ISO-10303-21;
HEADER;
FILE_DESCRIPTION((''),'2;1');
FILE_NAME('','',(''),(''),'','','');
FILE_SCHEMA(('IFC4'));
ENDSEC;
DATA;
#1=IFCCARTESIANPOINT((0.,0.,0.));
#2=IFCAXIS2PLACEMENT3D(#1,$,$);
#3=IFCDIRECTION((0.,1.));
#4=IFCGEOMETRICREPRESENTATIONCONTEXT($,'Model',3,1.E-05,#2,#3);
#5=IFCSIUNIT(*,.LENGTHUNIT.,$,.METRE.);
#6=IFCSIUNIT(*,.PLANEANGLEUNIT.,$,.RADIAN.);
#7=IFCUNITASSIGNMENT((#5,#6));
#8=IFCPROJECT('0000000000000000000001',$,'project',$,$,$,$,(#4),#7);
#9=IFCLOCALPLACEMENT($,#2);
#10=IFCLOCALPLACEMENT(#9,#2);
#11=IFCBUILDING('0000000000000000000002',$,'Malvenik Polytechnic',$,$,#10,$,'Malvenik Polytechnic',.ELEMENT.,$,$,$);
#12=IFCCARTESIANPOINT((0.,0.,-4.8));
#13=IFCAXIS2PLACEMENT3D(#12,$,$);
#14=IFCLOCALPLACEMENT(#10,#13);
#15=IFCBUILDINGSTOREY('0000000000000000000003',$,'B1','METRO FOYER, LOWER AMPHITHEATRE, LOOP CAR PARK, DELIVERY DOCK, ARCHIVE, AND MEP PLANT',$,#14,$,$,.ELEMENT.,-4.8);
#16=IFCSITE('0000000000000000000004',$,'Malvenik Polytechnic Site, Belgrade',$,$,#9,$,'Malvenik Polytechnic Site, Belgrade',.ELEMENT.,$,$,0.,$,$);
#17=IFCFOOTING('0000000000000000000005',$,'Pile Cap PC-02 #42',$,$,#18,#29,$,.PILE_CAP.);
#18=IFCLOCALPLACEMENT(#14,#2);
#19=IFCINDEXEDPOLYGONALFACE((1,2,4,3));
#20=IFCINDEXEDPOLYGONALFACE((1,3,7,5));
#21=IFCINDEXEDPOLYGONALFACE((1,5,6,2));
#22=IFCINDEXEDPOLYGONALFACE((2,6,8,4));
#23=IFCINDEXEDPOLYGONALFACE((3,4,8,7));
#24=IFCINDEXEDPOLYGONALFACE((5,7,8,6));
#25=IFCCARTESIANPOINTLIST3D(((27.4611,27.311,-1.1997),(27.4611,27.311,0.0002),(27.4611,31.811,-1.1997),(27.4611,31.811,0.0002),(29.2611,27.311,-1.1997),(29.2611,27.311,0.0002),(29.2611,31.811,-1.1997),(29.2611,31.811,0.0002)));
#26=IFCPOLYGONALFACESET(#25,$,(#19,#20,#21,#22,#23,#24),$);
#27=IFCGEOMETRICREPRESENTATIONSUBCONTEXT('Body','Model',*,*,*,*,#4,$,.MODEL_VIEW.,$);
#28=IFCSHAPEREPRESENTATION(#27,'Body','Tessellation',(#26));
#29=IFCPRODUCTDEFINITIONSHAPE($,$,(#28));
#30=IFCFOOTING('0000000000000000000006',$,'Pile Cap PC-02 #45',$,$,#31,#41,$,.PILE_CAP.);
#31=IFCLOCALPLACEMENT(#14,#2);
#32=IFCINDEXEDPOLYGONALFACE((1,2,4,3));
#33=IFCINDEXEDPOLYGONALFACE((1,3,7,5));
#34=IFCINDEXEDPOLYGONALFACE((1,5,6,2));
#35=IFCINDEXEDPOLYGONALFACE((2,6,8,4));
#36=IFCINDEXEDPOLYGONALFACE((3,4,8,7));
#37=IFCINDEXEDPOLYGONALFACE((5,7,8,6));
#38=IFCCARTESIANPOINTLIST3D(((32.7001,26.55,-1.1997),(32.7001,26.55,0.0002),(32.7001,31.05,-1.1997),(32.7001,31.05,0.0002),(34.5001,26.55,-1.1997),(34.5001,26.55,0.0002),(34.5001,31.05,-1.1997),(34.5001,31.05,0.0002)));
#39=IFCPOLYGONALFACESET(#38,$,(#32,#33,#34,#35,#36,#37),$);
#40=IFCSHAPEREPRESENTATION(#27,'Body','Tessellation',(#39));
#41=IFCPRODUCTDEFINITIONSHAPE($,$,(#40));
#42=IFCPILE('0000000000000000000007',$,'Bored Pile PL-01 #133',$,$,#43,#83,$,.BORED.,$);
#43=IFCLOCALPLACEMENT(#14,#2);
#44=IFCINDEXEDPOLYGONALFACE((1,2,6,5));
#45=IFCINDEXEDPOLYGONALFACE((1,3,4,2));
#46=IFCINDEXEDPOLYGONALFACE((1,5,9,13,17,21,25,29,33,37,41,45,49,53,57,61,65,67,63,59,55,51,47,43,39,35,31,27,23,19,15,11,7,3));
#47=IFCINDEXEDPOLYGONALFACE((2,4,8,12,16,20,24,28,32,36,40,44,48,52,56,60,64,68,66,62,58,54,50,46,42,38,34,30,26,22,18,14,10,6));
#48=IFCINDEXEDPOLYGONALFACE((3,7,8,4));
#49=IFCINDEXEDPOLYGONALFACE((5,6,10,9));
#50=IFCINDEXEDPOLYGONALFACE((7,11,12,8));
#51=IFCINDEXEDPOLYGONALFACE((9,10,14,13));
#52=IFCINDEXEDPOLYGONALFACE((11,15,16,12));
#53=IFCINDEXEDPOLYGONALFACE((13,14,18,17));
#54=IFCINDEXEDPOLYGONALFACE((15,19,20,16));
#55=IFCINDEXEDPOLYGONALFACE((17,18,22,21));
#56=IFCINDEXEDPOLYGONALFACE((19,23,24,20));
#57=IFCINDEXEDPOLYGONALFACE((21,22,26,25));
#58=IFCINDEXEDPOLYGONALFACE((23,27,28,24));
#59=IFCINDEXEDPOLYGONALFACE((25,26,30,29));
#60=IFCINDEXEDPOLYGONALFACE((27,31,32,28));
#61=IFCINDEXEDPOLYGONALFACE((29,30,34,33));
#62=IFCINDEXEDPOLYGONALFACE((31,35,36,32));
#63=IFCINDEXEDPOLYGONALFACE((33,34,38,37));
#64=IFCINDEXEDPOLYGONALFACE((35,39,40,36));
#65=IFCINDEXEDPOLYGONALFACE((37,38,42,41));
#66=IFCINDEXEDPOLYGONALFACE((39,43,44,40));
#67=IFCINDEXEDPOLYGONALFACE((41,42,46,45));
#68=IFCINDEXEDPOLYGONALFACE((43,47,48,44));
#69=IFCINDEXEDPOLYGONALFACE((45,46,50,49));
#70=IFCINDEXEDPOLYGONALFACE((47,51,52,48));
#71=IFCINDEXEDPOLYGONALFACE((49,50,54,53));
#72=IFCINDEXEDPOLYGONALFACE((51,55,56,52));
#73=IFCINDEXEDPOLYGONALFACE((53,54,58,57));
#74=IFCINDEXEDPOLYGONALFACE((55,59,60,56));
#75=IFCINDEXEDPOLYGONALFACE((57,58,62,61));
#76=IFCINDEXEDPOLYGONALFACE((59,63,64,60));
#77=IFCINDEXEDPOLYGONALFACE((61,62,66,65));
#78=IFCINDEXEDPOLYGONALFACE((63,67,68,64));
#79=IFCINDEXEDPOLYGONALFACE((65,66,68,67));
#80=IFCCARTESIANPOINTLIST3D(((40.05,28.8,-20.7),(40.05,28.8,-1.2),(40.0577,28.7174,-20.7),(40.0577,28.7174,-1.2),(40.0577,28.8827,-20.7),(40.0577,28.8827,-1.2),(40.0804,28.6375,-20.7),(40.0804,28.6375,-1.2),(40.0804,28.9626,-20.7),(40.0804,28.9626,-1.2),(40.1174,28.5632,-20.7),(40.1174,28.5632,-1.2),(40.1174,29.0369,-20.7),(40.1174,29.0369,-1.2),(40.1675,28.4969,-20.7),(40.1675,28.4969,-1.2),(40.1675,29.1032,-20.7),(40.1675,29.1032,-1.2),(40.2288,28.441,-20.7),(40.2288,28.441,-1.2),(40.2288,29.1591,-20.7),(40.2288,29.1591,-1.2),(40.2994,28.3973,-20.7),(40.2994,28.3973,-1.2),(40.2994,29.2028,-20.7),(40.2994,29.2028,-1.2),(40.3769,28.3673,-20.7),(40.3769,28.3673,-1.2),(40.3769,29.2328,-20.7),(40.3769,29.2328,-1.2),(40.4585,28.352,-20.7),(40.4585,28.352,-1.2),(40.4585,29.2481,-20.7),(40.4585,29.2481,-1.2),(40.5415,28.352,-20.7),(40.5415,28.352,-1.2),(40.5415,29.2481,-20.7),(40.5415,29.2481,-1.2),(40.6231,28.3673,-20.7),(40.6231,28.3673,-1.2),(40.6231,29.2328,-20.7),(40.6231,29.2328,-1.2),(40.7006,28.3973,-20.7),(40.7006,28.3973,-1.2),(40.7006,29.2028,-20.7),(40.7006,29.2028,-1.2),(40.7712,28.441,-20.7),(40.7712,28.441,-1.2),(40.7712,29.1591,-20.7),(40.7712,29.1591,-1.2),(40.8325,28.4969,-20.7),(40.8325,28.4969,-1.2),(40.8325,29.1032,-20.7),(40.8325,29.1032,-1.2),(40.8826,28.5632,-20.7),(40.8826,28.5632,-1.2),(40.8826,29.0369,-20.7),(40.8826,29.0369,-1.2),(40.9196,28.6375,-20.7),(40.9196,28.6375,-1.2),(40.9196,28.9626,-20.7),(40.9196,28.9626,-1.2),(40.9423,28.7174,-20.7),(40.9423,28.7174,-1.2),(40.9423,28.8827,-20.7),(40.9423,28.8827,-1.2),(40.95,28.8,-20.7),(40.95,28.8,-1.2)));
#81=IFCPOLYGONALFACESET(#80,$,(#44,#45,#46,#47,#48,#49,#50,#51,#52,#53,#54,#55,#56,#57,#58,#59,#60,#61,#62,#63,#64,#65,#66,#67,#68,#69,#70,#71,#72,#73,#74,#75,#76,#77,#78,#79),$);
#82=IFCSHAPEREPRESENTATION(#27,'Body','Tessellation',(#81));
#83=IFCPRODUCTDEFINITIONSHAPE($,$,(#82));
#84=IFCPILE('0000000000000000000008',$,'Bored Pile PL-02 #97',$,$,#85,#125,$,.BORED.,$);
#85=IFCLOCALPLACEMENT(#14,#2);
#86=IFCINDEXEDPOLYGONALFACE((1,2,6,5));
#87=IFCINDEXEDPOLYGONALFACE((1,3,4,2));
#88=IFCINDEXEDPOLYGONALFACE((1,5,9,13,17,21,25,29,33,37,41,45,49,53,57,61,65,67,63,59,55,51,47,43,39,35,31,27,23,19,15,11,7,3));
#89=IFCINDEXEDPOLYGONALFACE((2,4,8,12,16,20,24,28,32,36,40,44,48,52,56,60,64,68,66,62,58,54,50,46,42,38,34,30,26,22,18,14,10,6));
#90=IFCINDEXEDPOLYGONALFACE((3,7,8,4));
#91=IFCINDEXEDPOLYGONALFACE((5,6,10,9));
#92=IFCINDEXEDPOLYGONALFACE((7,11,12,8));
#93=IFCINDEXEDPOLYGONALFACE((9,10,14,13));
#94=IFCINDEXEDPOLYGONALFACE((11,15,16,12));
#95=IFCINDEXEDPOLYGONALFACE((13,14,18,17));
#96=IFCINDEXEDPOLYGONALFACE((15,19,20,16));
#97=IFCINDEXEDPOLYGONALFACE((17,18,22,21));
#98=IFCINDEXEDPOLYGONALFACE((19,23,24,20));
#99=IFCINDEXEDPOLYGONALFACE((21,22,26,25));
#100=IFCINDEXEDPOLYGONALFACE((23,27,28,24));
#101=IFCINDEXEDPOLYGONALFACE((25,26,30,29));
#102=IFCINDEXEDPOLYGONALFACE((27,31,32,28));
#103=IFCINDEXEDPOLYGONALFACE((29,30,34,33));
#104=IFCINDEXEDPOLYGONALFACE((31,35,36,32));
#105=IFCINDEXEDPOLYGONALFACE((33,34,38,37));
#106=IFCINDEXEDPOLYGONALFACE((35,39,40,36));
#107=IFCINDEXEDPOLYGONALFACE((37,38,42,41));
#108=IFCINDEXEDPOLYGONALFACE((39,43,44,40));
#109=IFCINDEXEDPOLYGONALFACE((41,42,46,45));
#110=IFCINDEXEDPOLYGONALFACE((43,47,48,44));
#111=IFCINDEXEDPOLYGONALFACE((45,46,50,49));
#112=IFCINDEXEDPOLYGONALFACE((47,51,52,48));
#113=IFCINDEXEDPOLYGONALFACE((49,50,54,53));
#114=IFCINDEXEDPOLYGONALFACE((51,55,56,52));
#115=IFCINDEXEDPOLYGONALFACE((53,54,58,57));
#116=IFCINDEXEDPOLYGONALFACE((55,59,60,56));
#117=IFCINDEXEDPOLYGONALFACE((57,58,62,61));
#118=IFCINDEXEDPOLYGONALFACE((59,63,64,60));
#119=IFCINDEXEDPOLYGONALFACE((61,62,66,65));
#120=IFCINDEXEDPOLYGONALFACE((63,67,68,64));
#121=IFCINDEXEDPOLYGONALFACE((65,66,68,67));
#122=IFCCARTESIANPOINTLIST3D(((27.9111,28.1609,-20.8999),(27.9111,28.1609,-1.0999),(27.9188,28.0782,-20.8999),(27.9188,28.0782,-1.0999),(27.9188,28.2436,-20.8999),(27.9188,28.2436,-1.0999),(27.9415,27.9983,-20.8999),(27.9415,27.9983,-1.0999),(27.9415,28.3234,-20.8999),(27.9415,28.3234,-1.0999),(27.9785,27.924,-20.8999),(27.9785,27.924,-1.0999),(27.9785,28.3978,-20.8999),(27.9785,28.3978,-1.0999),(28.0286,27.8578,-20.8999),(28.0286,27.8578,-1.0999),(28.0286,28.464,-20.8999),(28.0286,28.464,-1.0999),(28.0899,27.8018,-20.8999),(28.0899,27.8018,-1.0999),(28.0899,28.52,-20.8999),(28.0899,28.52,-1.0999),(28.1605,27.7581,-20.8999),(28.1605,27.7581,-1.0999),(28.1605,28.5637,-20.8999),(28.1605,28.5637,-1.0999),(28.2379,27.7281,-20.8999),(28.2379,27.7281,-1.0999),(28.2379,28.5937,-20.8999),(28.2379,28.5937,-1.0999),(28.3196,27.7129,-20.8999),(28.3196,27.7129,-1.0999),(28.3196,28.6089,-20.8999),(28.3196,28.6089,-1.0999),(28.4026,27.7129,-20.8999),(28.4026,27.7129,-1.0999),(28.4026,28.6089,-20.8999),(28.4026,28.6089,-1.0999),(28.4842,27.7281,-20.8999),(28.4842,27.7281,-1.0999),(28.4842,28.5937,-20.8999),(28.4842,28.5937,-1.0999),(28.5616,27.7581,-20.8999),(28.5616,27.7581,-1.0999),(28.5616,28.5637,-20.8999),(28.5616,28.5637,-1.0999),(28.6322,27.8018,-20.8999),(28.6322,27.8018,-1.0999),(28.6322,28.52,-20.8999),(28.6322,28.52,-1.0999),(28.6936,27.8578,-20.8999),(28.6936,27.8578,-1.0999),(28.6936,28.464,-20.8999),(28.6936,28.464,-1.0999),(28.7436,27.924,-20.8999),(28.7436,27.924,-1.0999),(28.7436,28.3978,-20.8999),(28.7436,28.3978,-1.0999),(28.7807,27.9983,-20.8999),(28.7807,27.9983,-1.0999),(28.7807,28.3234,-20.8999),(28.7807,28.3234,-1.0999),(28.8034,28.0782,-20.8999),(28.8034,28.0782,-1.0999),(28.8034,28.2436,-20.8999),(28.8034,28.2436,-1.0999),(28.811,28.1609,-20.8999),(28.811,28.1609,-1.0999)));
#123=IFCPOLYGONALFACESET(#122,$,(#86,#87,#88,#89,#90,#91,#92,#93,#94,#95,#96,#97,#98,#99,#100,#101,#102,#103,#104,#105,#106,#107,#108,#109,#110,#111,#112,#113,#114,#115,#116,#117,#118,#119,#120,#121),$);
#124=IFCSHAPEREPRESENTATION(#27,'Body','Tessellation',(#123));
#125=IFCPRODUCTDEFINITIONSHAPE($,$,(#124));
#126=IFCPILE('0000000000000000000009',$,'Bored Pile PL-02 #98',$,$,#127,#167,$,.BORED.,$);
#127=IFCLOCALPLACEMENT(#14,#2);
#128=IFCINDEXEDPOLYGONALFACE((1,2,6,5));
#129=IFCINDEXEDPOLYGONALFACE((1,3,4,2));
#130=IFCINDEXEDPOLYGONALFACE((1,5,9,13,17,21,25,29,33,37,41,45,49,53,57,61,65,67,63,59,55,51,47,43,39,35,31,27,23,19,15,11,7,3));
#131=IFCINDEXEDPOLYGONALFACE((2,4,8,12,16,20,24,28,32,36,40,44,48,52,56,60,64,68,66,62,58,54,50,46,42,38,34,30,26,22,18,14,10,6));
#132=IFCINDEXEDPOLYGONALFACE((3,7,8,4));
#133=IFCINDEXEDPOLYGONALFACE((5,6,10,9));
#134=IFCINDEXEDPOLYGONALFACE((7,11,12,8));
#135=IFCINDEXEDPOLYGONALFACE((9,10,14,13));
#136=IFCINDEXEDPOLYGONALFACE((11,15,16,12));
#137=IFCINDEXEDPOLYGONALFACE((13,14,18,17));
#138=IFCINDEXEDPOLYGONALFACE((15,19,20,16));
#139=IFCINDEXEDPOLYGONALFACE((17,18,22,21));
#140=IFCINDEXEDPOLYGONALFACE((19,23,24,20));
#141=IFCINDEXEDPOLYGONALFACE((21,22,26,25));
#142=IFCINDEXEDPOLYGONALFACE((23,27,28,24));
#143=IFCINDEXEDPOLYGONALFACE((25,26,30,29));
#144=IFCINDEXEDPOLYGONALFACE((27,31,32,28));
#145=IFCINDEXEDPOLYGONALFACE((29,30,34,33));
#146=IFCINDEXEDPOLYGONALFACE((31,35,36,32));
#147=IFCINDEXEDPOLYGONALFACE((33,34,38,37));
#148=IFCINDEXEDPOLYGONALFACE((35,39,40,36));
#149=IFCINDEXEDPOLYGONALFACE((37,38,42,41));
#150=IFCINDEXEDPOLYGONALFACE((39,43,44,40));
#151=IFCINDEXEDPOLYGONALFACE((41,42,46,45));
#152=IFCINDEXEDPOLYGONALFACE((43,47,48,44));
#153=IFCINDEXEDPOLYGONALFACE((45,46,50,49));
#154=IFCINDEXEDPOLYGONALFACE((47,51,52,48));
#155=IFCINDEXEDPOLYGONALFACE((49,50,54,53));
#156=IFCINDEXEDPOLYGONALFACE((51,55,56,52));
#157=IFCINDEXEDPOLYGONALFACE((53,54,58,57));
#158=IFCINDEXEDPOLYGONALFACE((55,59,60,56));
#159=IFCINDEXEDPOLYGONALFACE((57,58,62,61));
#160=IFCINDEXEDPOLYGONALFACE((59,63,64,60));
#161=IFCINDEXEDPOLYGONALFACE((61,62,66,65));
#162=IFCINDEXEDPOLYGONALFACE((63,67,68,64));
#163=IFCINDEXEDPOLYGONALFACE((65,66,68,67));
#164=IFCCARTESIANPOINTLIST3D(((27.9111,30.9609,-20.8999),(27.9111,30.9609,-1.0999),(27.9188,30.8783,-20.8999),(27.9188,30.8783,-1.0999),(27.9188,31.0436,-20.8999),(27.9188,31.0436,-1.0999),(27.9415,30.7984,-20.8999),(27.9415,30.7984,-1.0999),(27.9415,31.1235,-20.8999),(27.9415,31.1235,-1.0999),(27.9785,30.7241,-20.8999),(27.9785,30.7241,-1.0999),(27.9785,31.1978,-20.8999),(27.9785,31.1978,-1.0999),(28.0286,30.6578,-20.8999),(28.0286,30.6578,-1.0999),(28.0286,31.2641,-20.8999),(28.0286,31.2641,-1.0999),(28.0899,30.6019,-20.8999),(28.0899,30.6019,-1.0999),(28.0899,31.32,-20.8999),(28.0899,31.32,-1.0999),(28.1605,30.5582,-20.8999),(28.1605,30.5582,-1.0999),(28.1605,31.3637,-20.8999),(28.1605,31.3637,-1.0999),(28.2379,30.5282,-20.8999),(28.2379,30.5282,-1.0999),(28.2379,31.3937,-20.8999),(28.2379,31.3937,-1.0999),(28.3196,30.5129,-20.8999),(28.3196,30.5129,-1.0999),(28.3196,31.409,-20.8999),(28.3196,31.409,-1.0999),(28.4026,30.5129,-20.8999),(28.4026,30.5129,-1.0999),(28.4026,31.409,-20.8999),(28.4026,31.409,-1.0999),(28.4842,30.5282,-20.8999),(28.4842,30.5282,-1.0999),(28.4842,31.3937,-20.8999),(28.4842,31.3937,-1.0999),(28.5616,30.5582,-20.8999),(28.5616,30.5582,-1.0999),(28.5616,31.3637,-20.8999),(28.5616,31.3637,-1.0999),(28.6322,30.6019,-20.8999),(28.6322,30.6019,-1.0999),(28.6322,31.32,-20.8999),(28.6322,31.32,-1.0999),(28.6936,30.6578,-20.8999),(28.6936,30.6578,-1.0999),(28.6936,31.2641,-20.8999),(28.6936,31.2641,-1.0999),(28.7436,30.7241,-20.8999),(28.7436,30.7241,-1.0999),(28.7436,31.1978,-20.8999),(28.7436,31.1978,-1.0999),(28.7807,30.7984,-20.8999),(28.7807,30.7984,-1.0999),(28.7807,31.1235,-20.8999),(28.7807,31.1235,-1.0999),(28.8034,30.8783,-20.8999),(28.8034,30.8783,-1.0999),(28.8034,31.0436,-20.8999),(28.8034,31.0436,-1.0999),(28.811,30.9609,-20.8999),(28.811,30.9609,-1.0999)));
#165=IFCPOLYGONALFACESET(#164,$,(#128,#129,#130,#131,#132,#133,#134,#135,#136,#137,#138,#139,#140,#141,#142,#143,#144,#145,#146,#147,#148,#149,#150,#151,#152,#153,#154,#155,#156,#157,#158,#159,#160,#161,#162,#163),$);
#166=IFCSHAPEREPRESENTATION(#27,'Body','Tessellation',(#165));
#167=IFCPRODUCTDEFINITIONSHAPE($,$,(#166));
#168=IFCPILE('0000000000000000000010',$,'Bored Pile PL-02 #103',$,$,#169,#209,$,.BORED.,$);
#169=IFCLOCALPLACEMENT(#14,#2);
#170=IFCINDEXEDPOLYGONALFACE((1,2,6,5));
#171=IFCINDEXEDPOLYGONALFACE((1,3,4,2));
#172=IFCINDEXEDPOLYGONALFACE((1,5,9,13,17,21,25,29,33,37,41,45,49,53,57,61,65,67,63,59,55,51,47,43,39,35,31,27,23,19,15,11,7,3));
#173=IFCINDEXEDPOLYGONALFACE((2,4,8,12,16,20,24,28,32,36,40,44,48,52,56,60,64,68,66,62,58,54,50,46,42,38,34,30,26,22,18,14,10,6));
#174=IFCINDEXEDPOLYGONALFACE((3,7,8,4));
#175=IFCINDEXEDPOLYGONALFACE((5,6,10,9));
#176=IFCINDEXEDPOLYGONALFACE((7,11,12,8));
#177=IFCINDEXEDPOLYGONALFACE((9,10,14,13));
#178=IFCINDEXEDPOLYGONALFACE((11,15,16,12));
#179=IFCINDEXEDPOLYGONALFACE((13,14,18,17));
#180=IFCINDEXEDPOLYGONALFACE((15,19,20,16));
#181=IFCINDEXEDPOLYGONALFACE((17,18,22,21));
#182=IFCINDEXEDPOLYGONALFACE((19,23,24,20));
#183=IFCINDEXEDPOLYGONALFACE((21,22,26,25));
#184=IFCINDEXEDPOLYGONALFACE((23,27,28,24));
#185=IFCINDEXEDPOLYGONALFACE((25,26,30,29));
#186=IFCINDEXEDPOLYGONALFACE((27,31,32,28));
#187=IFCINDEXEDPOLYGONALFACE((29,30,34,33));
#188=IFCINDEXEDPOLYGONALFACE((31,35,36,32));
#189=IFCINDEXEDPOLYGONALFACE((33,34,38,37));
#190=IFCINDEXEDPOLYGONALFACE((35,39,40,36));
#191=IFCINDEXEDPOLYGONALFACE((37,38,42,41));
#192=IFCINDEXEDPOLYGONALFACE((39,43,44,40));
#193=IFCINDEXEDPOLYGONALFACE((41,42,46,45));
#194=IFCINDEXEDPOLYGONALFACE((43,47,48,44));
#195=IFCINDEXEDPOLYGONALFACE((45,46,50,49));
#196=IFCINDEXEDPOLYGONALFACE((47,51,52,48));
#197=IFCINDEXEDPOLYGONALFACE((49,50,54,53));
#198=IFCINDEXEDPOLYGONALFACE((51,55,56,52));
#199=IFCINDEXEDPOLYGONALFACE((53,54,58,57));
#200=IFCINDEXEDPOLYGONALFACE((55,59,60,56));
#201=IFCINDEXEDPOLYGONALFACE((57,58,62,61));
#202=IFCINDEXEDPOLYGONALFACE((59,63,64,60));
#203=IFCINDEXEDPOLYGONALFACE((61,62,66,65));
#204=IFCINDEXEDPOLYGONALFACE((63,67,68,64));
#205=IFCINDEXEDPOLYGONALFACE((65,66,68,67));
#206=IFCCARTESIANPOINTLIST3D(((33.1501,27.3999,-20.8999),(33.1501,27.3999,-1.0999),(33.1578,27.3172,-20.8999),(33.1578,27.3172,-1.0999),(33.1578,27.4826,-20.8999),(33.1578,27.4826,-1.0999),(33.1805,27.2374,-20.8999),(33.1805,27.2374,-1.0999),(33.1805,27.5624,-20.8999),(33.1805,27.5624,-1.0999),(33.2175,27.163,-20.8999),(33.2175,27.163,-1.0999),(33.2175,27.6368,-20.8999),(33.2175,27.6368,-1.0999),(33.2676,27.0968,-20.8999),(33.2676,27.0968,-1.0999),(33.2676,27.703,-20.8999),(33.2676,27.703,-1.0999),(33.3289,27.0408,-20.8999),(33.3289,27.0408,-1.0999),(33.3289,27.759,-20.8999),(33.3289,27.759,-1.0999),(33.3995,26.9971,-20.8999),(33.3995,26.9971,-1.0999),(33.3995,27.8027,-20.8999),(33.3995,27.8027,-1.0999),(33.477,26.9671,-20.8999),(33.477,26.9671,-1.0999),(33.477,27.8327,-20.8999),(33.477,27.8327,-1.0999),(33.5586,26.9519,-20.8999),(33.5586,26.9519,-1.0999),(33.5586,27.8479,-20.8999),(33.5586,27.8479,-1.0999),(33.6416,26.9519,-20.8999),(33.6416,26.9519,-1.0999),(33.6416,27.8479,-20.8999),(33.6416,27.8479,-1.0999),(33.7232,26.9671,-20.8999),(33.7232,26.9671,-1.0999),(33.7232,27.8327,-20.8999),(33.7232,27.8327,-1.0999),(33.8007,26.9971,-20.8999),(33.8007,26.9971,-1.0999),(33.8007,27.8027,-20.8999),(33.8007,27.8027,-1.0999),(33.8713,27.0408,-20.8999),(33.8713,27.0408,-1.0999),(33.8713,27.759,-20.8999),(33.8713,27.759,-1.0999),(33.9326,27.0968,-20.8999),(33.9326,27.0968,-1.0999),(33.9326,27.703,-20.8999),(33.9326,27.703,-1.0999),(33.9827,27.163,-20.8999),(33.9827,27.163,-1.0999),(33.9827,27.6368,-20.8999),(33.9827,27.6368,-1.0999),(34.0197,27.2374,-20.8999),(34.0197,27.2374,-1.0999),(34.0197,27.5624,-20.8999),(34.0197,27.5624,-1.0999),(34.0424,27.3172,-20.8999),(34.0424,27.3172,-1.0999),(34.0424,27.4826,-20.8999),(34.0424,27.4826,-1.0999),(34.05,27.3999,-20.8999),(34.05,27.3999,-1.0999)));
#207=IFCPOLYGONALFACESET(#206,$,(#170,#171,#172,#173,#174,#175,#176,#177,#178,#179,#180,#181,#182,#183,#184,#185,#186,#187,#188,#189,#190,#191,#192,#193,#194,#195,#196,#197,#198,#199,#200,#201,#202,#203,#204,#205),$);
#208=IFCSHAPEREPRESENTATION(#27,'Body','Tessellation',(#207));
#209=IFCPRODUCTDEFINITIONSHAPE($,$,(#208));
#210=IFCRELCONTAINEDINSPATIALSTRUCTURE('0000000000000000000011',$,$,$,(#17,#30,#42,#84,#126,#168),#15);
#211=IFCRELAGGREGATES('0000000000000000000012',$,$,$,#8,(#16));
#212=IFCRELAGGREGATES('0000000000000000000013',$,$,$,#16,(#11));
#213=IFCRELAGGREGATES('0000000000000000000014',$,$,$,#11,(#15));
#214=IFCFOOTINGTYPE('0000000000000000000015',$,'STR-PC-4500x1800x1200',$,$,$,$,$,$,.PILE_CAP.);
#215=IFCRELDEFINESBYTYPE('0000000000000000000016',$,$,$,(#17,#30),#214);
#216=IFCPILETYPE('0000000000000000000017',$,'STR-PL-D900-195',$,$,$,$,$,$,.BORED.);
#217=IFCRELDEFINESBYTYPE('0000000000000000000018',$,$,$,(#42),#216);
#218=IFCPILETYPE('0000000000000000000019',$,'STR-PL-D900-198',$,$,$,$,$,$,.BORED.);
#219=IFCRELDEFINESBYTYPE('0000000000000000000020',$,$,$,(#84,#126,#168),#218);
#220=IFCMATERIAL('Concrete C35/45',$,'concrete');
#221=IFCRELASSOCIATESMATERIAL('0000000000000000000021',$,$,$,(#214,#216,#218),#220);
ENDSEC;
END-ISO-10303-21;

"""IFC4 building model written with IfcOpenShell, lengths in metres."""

from ifc_helpers import new_model, si_unit, direction, frame, origin, origin_2d, place, context, subcontext, project, spatial, rectangle, circle, extrude, material, material_profile, profile_set, type_object, element, save


model = new_model("IFC4")

# Units and contexts
model_context = context("Model", 3, precision=1e-05, world=origin(), true_north=direction((0.0, 1.0)))
body_context = subcontext(model_context, "Body", "Model", "MODEL_VIEW")
ifc_project = project(units=[si_unit("LENGTHUNIT", "METRE"), si_unit("PLANEANGLEUNIT", "RADIAN")], contexts=[model_context])

# Site, building, storey
site_placement = place(None, origin())
site = spatial("IfcSite", under=ifc_project, at=site_placement, Name="Malvenik Polytechnic Site, Belgrade", LongName="Malvenik Polytechnic Site, Belgrade", CompositionType="ELEMENT", RefElevation=0.0)
building_placement = place(site_placement, origin())
building = spatial("IfcBuilding", under=site, at=building_placement, Name="Malvenik Polytechnic", LongName="Malvenik Polytechnic", CompositionType="ELEMENT")
storey_placement = place(building_placement, frame((0.0, 0.0, -4.8)))
storey = spatial("IfcBuildingStorey", under=building, at=storey_placement, Name="B1", Description="METRO FOYER, LOWER AMPHITHEATRE, LOOP CAR PARK, DELIVERY DOCK, ARCHIVE, AND MEP PLANT", CompositionType="ELEMENT", Elevation=-4.8)

# Footings
ifc_material_1 = material(Name="Concrete C35/45", Category="concrete")
footing_type = type_object("IfcFootingType", Name="STR-PC-4500x1800x1200", PredefinedType="PILE_CAP", material=ifc_material_1)
for number, where, z_axis, x_axis, name in (
    (1, (28.3611, 29.561, -1.1997), (0.0, 0.0, 1.0), (1.0, 0.0, 0.0), "Pile Cap PC-02 #42"),
    (2, (33.6001, 28.8, -1.1997), (0.0, 0.0, 1.0), (1.0, 0.0, 0.0), "Pile Cap PC-02 #45"),
):
    element("IfcFooting", number, at=place(storey_placement, frame(where, z_axis=z_axis, x_axis=x_axis)), inside=storey, type_object=footing_type, Name=name, PredefinedType="PILE_CAP", context=body_context, shape_type="SweptSolid", body=[
        extrude(rectangle(XDim=1.8, YDim=4.5, at=origin_2d()), origin(), (0.0, 0.0, 1.0), 1.2),
    ])

# Piles
ifc_material_profile_1 = material_profile(ifc_material_1, circle(Radius=0.45, at=origin_2d()), Name="BORED PILE D900")
ifc_profile_set_1 = profile_set([ifc_material_profile_1], Name="Concrete C35/45")
pile_type_1 = type_object("IfcPileType", Name="STR-PL-D900-195", PredefinedType="BORED", material=ifc_profile_set_1)
pile_placement = place(storey_placement, frame((40.5, 28.8, -1.2), z_axis=(0.0, 0.0, -1.0), x_axis=(1.0, 0.0, 0.0)))
element("IfcPile", 3, at=pile_placement, inside=storey, type_object=pile_type_1, Name="Bored Pile PL-01 #133", PredefinedType="BORED", context=body_context, shape_type="SweptSolid", body=[
    extrude(circle(Radius=0.45, at=origin_2d()), origin(), (0.0, 0.0, 1.0), 19.5),
])
ifc_material_profile_2 = material_profile(ifc_material_1, circle(Radius=0.45, at=origin_2d()), Name="BORED PILE D900")
ifc_profile_set_2 = profile_set([ifc_material_profile_2], Name="Concrete C35/45")
pile_type_2 = type_object("IfcPileType", Name="STR-PL-D900-198", PredefinedType="BORED", material=ifc_profile_set_2)
for number, where, z_axis, x_axis, name in (
    (4, (28.3611, 28.1609, -1.0999), (0.0, 0.0, -1.0), (1.0, 0.0, 0.0), "Bored Pile PL-02 #97"),
    (5, (28.3611, 30.9609, -1.0999), (0.0, 0.0, -1.0), (1.0, 0.0, 0.0), "Bored Pile PL-02 #98"),
    (6, (33.6001, 27.3999, -1.0999), (0.0, 0.0, -1.0), (1.0, 0.0, 0.0), "Bored Pile PL-02 #103"),
):
    element("IfcPile", number, at=place(storey_placement, frame(where, z_axis=z_axis, x_axis=x_axis)), inside=storey, type_object=pile_type_2, Name=name, PredefinedType="BORED", context=body_context, shape_type="SweptSolid", body=[
        extrude(circle(Radius=0.45, at=origin_2d()), origin(), (0.0, 0.0, 1.0), 19.8),
    ])

save(model, "model.ifc")
